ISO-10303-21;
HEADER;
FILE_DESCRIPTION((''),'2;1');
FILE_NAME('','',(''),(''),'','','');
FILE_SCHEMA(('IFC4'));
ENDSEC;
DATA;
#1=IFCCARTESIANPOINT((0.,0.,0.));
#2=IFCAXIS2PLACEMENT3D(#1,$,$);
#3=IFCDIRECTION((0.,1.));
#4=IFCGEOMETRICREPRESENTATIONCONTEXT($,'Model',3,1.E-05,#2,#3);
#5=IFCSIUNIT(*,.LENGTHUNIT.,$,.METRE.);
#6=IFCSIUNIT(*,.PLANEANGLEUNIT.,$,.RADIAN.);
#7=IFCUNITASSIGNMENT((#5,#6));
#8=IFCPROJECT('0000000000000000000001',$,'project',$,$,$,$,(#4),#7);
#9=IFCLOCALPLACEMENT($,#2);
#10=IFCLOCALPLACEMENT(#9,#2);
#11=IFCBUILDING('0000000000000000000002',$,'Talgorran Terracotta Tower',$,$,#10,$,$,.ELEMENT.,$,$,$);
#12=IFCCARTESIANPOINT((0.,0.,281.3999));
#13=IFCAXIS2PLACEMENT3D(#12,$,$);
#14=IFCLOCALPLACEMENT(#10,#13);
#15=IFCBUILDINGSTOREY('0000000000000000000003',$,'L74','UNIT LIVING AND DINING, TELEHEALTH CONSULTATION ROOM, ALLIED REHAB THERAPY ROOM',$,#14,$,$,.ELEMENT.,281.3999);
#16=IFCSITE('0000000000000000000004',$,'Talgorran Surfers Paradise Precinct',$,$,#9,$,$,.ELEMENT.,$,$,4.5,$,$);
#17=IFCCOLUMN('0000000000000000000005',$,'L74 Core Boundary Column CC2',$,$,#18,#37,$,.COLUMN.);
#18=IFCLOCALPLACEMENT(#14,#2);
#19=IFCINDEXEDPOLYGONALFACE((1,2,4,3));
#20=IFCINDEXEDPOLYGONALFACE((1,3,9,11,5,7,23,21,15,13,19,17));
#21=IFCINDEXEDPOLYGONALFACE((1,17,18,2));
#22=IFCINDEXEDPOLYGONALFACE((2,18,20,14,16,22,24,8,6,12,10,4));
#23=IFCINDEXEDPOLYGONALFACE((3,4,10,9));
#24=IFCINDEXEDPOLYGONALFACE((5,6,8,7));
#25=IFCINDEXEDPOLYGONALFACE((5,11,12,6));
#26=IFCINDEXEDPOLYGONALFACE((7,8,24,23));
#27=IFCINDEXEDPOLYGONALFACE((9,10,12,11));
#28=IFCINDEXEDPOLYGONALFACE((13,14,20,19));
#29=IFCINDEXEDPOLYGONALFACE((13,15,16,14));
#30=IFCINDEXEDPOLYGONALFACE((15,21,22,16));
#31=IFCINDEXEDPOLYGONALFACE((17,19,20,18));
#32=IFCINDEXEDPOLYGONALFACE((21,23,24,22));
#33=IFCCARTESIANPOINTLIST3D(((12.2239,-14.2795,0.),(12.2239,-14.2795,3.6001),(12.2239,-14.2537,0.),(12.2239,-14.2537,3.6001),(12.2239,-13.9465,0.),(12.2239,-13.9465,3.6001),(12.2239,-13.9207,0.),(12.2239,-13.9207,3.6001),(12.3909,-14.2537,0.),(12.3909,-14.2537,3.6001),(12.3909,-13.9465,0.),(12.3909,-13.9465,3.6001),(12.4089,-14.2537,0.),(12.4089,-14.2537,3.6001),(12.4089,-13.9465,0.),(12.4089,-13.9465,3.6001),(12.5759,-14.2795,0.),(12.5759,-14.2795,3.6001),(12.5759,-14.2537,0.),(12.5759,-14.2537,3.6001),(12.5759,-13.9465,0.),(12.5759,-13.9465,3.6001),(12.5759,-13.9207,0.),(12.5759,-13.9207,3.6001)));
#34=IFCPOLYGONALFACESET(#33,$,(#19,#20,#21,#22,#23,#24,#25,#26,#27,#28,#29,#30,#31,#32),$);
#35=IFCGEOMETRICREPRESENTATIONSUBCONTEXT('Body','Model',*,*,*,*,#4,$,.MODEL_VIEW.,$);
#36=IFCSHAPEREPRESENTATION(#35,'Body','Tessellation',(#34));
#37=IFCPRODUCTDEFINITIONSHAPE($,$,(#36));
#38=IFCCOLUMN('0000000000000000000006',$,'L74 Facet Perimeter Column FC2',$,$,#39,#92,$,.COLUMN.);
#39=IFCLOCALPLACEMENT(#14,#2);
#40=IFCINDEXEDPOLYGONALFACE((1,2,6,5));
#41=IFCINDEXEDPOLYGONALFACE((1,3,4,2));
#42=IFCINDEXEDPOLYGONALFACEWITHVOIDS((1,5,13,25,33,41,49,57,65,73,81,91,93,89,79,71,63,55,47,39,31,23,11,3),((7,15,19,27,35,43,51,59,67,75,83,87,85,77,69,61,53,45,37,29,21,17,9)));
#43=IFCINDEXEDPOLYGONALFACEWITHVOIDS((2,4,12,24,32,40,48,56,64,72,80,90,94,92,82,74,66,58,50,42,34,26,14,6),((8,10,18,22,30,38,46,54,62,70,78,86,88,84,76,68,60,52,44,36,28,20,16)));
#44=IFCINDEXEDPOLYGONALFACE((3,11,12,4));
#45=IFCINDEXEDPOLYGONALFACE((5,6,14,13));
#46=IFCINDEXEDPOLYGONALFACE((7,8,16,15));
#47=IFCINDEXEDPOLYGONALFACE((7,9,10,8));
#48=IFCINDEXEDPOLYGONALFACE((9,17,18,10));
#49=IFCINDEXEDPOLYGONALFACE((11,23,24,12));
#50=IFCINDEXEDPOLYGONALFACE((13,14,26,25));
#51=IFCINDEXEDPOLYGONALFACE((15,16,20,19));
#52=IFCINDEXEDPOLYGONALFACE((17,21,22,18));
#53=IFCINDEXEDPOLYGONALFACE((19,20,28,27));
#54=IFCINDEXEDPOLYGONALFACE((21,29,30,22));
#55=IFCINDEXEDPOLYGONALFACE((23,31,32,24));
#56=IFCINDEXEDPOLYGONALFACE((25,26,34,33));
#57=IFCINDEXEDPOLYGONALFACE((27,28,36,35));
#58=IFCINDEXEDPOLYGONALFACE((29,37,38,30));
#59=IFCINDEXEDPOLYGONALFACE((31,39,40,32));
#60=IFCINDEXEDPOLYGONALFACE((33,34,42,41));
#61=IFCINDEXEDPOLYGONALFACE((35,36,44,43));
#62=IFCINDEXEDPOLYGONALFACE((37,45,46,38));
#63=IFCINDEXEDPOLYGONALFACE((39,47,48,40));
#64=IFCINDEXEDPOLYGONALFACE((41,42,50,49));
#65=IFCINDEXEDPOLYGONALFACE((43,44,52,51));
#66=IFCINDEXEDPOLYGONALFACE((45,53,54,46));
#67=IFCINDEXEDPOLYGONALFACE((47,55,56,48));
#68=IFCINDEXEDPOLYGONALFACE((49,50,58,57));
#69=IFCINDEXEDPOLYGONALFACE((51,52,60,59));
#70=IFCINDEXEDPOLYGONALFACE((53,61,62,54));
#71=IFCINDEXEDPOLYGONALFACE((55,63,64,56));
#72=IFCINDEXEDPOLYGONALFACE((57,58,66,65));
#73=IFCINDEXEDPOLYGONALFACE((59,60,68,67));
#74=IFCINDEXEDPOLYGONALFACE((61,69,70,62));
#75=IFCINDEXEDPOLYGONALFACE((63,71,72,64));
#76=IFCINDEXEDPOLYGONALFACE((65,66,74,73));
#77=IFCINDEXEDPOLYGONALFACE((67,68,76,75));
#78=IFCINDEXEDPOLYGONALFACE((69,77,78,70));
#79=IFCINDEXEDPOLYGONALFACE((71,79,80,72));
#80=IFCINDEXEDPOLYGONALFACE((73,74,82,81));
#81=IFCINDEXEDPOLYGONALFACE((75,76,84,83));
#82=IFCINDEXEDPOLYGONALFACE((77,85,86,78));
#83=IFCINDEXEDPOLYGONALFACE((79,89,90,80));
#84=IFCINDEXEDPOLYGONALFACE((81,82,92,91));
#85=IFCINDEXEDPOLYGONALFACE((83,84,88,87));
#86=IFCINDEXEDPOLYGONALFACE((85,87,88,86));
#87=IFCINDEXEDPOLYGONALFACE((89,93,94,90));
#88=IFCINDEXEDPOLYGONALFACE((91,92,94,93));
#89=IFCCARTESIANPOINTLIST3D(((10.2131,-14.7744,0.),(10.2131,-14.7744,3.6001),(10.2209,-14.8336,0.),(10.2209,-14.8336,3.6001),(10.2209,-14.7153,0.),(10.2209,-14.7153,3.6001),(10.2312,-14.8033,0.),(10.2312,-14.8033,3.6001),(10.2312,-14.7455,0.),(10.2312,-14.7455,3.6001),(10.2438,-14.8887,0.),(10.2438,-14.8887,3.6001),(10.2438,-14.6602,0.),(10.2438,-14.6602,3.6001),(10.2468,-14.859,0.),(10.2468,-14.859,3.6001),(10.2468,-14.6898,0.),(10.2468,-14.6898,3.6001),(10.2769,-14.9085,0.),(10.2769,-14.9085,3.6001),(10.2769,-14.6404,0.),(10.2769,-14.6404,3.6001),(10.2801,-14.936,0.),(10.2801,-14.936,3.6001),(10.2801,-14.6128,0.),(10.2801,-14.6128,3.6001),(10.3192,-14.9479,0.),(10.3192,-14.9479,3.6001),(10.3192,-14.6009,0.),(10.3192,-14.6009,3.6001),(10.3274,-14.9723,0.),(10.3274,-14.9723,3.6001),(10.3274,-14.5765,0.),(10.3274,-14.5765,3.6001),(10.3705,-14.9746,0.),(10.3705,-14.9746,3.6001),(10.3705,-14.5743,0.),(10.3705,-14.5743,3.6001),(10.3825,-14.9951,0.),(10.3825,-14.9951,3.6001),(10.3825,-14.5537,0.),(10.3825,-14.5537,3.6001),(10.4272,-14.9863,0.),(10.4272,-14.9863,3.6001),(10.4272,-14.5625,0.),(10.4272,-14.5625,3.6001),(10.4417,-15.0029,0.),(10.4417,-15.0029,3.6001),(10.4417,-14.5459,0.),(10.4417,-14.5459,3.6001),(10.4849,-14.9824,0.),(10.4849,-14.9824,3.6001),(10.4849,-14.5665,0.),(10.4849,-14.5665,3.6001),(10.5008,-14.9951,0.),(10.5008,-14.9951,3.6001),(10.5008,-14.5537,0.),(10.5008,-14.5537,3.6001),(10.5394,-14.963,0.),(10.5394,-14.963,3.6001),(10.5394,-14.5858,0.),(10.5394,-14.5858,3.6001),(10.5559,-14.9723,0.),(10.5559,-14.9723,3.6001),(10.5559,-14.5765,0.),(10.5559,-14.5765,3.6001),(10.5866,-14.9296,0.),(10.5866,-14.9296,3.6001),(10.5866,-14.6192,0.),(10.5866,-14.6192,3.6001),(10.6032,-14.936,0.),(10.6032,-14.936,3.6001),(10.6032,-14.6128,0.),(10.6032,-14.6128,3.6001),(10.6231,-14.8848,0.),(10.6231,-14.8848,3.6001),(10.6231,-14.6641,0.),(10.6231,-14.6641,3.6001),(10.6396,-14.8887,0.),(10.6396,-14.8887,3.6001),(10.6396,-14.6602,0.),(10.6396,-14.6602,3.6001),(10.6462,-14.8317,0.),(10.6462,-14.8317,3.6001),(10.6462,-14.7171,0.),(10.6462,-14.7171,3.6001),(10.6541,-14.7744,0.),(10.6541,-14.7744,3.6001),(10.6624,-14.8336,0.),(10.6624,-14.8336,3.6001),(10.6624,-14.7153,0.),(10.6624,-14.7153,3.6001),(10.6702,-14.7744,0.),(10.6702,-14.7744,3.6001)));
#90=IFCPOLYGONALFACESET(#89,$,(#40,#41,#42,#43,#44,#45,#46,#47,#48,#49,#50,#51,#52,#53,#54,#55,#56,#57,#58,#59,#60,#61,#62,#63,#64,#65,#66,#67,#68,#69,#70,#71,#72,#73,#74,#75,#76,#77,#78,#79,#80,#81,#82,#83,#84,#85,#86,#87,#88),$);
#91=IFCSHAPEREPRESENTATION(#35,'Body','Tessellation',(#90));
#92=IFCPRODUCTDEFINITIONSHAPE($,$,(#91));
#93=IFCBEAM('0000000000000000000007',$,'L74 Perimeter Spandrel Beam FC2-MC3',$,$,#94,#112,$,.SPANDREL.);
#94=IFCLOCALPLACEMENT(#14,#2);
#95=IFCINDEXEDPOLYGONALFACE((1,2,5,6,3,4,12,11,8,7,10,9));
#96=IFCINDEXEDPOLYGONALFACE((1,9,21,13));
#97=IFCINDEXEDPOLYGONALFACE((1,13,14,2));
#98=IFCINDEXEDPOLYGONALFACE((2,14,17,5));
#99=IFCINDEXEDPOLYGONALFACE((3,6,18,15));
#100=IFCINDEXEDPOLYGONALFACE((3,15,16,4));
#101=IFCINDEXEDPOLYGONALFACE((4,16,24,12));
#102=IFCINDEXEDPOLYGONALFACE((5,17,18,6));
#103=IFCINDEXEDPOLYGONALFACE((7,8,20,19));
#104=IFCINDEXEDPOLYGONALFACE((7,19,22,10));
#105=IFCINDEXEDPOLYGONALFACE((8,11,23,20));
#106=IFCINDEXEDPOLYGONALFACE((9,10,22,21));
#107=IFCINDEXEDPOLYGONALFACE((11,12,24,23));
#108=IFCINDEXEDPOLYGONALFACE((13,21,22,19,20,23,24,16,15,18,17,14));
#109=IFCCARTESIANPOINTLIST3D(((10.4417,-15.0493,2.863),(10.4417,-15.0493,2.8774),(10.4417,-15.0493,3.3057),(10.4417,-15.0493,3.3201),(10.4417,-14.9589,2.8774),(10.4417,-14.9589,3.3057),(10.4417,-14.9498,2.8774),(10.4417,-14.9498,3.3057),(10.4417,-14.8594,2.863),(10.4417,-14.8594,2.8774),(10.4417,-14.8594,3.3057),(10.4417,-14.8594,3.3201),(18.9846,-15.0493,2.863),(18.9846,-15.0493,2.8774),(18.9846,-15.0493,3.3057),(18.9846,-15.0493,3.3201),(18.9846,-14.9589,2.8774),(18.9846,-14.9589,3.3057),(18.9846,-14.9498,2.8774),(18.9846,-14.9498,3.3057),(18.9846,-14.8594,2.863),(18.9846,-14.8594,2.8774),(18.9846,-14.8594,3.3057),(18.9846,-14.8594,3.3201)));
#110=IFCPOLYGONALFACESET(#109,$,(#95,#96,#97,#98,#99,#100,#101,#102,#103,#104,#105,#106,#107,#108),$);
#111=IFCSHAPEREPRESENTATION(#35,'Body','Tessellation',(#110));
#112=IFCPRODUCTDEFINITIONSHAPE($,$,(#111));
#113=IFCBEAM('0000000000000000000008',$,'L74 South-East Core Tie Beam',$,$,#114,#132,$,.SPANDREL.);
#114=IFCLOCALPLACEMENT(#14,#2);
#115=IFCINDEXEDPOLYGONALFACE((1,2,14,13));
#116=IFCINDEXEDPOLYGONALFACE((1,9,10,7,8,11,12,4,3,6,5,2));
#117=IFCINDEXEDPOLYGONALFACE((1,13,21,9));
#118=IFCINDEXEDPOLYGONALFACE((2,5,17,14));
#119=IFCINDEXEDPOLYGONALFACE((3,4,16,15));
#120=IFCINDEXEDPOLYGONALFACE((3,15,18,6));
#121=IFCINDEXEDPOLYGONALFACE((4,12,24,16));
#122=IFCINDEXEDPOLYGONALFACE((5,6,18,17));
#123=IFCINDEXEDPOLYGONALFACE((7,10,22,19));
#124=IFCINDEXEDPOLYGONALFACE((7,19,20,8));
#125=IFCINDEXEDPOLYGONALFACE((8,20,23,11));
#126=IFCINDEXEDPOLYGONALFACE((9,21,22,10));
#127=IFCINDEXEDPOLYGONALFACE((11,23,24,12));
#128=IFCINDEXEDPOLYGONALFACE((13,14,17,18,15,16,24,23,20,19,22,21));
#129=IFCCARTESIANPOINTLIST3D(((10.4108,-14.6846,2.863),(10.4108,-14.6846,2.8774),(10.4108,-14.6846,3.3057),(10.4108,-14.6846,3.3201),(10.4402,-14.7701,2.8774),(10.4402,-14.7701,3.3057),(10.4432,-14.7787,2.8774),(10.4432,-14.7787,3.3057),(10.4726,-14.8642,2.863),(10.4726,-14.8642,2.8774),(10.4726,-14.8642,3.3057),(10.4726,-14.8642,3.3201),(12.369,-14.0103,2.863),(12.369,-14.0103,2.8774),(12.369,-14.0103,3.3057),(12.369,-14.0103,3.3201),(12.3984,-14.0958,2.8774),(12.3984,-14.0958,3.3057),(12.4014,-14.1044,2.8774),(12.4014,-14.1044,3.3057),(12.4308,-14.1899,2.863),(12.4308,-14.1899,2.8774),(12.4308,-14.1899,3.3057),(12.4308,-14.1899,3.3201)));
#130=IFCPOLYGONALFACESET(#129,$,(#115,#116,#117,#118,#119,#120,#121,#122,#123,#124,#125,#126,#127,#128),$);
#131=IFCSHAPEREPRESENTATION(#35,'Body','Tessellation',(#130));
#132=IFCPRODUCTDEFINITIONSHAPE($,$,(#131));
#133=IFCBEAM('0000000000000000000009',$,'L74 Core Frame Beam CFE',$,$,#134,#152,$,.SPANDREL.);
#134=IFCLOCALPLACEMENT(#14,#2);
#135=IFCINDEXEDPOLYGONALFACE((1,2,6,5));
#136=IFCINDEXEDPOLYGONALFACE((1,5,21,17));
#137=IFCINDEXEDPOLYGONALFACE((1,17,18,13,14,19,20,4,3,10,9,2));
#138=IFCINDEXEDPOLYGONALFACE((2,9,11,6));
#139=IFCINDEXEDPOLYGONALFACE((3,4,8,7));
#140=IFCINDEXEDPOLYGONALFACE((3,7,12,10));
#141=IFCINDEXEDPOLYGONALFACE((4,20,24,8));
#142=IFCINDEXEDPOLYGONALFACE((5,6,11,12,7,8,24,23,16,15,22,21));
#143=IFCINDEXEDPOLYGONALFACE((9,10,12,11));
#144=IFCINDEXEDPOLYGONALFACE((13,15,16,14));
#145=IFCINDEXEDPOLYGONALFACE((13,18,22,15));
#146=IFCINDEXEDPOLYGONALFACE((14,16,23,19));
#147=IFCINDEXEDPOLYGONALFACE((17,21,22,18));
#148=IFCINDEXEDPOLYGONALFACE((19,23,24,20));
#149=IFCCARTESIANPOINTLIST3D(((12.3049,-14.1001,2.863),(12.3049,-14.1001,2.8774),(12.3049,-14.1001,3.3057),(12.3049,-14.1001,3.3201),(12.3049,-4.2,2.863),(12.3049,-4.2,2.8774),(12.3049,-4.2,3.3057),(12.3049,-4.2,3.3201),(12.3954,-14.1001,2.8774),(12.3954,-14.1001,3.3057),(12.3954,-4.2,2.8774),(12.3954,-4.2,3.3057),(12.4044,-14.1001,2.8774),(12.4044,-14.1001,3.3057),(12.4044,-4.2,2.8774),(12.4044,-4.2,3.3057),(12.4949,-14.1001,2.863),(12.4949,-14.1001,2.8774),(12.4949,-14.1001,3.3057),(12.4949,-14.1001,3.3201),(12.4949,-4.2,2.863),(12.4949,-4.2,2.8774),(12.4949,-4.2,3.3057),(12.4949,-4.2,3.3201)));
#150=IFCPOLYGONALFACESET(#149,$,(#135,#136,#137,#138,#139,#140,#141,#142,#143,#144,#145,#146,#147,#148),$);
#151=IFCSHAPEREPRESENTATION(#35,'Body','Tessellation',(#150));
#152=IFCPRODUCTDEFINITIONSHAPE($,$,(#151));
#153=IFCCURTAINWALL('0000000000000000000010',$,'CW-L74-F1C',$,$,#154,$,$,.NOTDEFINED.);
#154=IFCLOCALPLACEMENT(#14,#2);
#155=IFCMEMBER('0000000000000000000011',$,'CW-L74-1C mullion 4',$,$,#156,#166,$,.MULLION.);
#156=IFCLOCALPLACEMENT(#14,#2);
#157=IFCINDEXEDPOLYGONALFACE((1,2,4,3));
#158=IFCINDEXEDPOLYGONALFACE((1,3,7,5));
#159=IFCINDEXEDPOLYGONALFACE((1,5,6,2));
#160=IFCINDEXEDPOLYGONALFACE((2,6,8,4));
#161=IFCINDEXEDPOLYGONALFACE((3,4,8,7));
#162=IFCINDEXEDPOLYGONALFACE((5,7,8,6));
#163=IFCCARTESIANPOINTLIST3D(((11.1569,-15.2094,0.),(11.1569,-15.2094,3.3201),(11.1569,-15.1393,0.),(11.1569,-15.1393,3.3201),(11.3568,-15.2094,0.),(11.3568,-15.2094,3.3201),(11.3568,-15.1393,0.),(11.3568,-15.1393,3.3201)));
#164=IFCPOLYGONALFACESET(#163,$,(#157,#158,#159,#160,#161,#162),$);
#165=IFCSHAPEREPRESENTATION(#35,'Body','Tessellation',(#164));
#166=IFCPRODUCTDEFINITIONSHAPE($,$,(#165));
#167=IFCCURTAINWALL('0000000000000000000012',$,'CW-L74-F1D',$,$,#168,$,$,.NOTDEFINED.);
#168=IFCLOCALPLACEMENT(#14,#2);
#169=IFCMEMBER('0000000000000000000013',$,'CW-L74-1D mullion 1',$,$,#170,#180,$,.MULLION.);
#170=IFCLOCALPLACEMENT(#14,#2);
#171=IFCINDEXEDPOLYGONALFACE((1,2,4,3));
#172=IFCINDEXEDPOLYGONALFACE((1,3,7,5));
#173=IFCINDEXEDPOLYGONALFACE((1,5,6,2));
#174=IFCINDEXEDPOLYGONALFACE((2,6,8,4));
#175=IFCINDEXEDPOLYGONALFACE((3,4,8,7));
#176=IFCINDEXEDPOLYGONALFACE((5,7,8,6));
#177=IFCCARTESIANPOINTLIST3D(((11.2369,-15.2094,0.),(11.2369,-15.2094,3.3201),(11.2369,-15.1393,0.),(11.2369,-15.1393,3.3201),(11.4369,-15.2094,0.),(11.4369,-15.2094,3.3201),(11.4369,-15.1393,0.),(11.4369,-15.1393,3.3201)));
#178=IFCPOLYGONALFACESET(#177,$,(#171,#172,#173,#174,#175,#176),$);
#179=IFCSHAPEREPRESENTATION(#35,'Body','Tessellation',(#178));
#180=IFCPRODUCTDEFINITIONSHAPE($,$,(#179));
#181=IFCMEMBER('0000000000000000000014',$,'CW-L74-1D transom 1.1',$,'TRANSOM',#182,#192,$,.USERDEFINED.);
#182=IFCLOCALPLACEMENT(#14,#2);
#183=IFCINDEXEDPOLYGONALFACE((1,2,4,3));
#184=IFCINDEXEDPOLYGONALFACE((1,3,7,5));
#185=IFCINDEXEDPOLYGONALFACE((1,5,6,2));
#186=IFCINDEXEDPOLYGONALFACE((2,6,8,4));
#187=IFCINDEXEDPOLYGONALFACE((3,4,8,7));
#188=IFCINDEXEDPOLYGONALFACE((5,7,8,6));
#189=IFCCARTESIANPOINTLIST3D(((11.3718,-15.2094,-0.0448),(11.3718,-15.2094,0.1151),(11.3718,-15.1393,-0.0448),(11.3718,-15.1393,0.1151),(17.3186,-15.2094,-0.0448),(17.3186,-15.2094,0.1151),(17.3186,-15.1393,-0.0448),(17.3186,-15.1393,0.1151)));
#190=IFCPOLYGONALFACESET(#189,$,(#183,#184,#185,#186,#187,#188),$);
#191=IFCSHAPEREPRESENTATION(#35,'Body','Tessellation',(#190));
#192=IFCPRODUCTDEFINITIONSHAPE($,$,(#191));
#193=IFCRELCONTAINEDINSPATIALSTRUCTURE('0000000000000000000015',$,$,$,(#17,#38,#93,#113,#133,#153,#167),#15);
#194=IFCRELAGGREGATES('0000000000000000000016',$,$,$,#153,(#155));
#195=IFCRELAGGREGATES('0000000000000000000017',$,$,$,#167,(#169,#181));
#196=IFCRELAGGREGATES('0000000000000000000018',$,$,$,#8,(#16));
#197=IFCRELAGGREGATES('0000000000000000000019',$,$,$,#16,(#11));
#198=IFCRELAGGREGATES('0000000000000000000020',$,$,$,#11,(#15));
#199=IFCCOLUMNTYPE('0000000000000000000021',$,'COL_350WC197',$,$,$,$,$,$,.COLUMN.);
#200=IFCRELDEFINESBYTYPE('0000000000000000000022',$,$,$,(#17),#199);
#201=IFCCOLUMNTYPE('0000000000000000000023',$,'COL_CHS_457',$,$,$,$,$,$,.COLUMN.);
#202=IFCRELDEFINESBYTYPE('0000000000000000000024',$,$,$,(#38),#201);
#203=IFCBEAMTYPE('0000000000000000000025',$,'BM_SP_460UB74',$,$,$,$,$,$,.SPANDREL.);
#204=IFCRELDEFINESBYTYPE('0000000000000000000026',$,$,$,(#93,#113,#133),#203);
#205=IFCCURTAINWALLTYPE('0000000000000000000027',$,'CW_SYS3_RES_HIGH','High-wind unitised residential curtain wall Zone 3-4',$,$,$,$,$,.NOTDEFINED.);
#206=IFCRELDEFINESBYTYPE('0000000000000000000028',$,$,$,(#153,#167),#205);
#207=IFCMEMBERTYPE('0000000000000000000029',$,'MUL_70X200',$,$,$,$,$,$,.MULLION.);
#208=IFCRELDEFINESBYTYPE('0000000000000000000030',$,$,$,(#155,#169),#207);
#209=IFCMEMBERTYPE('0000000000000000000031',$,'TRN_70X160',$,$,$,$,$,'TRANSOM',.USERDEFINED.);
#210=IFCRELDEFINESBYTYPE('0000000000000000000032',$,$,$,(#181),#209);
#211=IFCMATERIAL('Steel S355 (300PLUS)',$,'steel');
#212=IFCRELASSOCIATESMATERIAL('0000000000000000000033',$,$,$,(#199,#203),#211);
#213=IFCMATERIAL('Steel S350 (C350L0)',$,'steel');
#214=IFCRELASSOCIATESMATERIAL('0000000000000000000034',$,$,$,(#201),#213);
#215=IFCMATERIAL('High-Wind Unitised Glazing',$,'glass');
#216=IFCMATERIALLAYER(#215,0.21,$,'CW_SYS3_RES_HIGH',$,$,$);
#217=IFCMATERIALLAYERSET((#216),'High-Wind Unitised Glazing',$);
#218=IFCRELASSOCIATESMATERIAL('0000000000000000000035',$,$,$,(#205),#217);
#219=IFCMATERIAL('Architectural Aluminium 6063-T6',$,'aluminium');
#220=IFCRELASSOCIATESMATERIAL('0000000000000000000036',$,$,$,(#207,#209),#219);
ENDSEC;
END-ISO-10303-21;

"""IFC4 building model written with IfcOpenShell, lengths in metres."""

from ifc_helpers import new_model, si_unit, direction, frame, origin, origin_2d, place, context, subcontext, project, spatial, rectangle, hollow_circle, i_section, extrude, material, layer, layer_set, material_profile, profile_set, type_object, element, aggregate, save


model = new_model("IFC4")

# Units and contexts
model_context = context("Model", 3, precision=1e-05, world=origin(), true_north=direction((0.0, 1.0)))
body_context = subcontext(model_context, "Body", "Model", "MODEL_VIEW")
ifc_project = project(units=[si_unit("LENGTHUNIT", "METRE"), si_unit("PLANEANGLEUNIT", "RADIAN")], contexts=[model_context])

# Site, building, storey
site_placement = place(None, origin())
site = spatial("IfcSite", under=ifc_project, at=site_placement, Name="Talgorran Surfers Paradise Precinct", CompositionType="ELEMENT", RefElevation=4.5)
building_placement = place(site_placement, origin())
building = spatial("IfcBuilding", under=site, at=building_placement, Name="Talgorran Terracotta Tower", CompositionType="ELEMENT")
storey_placement = place(building_placement, frame((0.0, 0.0, 281.3999)))
storey = spatial("IfcBuildingStorey", under=building, at=storey_placement, Name="L74", Description="UNIT LIVING AND DINING, TELEHEALTH CONSULTATION ROOM, ALLIED REHAB THERAPY ROOM", CompositionType="ELEMENT", Elevation=281.3999)

# Columns
ifc_material_1 = material(Name="Steel S355 (300PLUS)", Category="steel")
ifc_material_profile_1 = material_profile(ifc_material_1, i_section(OverallWidth=0.3521, OverallDepth=0.3589, WebThickness=0.0181, FlangeThickness=0.0259, at=origin_2d()), Name="350WC197")
ifc_profile_set_1 = profile_set([ifc_material_profile_1], Name="Steel S355 (300PLUS)")
column_type_1 = type_object("IfcColumnType", Name="COL_350WC197", PredefinedType="COLUMN", material=ifc_profile_set_1)
column_1_placement = place(storey_placement, frame((12.3999, -14.1001, 0.0), z_axis=(0.0, 0.0, 1.0), x_axis=(1.0, 0.0, 0.0)))
element("IfcColumn", 1, at=column_1_placement, inside=storey, type_object=column_type_1, Name="L74 Core Boundary Column CC2", PredefinedType="COLUMN", context=body_context, shape_type="SweptSolid", body=[
    extrude(i_section(OverallWidth=0.3521, OverallDepth=0.3589, WebThickness=0.0181, FlangeThickness=0.0259, at=origin_2d()), origin(), (0.0, 0.0, 1.0), 3.6001),
])
ifc_material_2 = material(Name="Steel S350 (C350L0)", Category="steel")
ifc_material_profile_2 = material_profile(ifc_material_2, hollow_circle(Radius=0.2285, WallThickness=0.0161, at=origin_2d()), Name="CHS457X16")
ifc_profile_set_2 = profile_set([ifc_material_profile_2], Name="Steel S350 (C350L0)")
column_type_2 = type_object("IfcColumnType", Name="COL_CHS_457", PredefinedType="COLUMN", material=ifc_profile_set_2)
column_2_placement = place(storey_placement, frame((10.4417, -14.7744, 0.0), z_axis=(0.0, 0.0, 1.0), x_axis=(1.0, 0.0, 0.0)))
element("IfcColumn", 2, at=column_2_placement, inside=storey, type_object=column_type_2, Name="L74 Facet Perimeter Column FC2", PredefinedType="COLUMN", context=body_context, shape_type="SweptSolid", body=[
    extrude(hollow_circle(Radius=0.2285, WallThickness=0.0161, at=origin_2d()), origin(), (0.0, 0.0, 1.0), 3.6001),
])

# Beams
ifc_material_profile_3 = material_profile(ifc_material_1, i_section(OverallWidth=0.1899, OverallDepth=0.457, WebThickness=0.009, FlangeThickness=0.0144, at=origin_2d()), Name="460UB74.6")
ifc_profile_set_3 = profile_set([ifc_material_profile_3], Name="Steel S355 (300PLUS)")
beam_type = type_object("IfcBeamType", Name="BM_SP_460UB74", PredefinedType="SPANDREL", material=ifc_profile_set_3)
beam_1_placement = place(storey_placement, frame((10.4417, -14.9543, 3.0916), z_axis=(1.0, 0.0, 0.0), x_axis=(0.0, 1.0, 0.0)))
element("IfcBeam", 3, at=beam_1_placement, inside=storey, type_object=beam_type, Name="L74 Perimeter Spandrel Beam FC2-MC3", PredefinedType="SPANDREL", context=body_context, shape_type="SweptSolid", body=[
    extrude(i_section(OverallWidth=0.1899, OverallDepth=0.457, WebThickness=0.009, FlangeThickness=0.0144, at=origin_2d()), origin(), (0.0, 0.0, 1.0), 8.543),
])
beam_2_placement = place(storey_placement, frame((12.3999, -14.1001, 3.0916), z_axis=(-0.945513, -0.325584, 0.0), x_axis=(0.325584, -0.945513, 0.0)))
element("IfcBeam", 4, at=beam_2_placement, inside=storey, type_object=beam_type, Name="L74 South-East Core Tie Beam", PredefinedType="SPANDREL", context=body_context, shape_type="SweptSolid", body=[
    extrude(i_section(OverallWidth=0.1899, OverallDepth=0.457, WebThickness=0.009, FlangeThickness=0.0144, at=origin_2d()), origin(), (0.0, 0.0, 1.0), 2.071),
])
beam_3_placement = place(storey_placement, frame((12.3999, -14.1001, 3.0916), z_axis=(0.0, 1.0, 0.0), x_axis=(-1.0, 0.0, 0.0)))
element("IfcBeam", 5, at=beam_3_placement, inside=storey, type_object=beam_type, Name="L74 Core Frame Beam CFE", PredefinedType="SPANDREL", context=body_context, shape_type="SweptSolid", body=[
    extrude(i_section(OverallWidth=0.1899, OverallDepth=0.457, WebThickness=0.009, FlangeThickness=0.0144, at=origin_2d()), origin(), (0.0, 0.0, 1.0), 9.9001),
])

# Curtain wall, member
ifc_material_3 = material(Name="High-Wind Unitised Glazing", Category="glass")
ifc_layer_1 = layer(ifc_material_3, 0.21, Name="CW_SYS3_RES_HIGH")
ifc_layer_set_1 = layer_set([ifc_layer_1], Name="High-Wind Unitised Glazing")
curtain_wall_type = type_object("IfcCurtainWallType", Name="CW_SYS3_RES_HIGH", Description="High-wind unitised residential curtain wall Zone 3-4", PredefinedType="NOTDEFINED", material=ifc_layer_set_1)
curtain_wall_1_placement = place(storey_placement, origin())
curtain_wall_1 = element("IfcCurtainWall", 6, at=curtain_wall_1_placement, inside=storey, type_object=curtain_wall_type, Name="CW-L74-F1C", PredefinedType="NOTDEFINED")
ifc_material_4 = material(Name="Architectural Aluminium 6063-T6", Category="aluminium")
ifc_material_profile_4 = material_profile(ifc_material_4, rectangle(XDim=0.0701, YDim=0.2, at=origin_2d()), Name="CWM70X200")
ifc_profile_set_4 = profile_set([ifc_material_profile_4], Name="Architectural Aluminium 6063-T6")
member_type_1 = type_object("IfcMemberType", Name="MUL_70X200", PredefinedType="MULLION", material=ifc_profile_set_4)
member_1_placement = place(storey_placement, frame((11.2568, -15.1743, 0.0), z_axis=(0.0, 0.0, 1.0), x_axis=(0.0, 1.0, 0.0)))
member_1 = element("IfcMember", 7, at=member_1_placement, type_object=member_type_1, Name="CW-L74-1C mullion 4", PredefinedType="MULLION", context=body_context, shape_type="SweptSolid", body=[
    extrude(rectangle(XDim=0.0701, YDim=0.2, at=origin_2d()), origin(), (0.0, 0.0, 1.0), 3.3201),
])
aggregate(curtain_wall_1, [member_1])

# Curtain wall, members
curtain_wall_2_placement = place(storey_placement, origin())
curtain_wall_2 = element("IfcCurtainWall", 8, at=curtain_wall_2_placement, inside=storey, type_object=curtain_wall_type, Name="CW-L74-F1D", PredefinedType="NOTDEFINED")
member_2_placement = place(storey_placement, frame((11.3369, -15.1743, 0.0), z_axis=(0.0, 0.0, 1.0), x_axis=(0.0, 1.0, 0.0)))
member_2 = element("IfcMember", 9, at=member_2_placement, type_object=member_type_1, Name="CW-L74-1D mullion 1", PredefinedType="MULLION", context=body_context, shape_type="SweptSolid", body=[
    extrude(rectangle(XDim=0.0701, YDim=0.2, at=origin_2d()), origin(), (0.0, 0.0, 1.0), 3.3201),
])
ifc_material_profile_5 = material_profile(ifc_material_4, rectangle(XDim=0.0701, YDim=0.1599, at=origin_2d()), Name="CWT70X160")
ifc_profile_set_5 = profile_set([ifc_material_profile_5], Name="Architectural Aluminium 6063-T6")
member_type_2 = type_object("IfcMemberType", Name="TRN_70X160", ElementType="TRANSOM", PredefinedType="USERDEFINED", material=ifc_profile_set_5)
member_3_placement = place(storey_placement, frame((11.3718, -15.1743, 0.0352), z_axis=(1.0, 0.0, 0.0), x_axis=(0.0, 1.0, 0.0)))
member_3 = element("IfcMember", 10, at=member_3_placement, type_object=member_type_2, Name="CW-L74-1D transom 1.1", ObjectType="TRANSOM", PredefinedType="USERDEFINED", context=body_context, shape_type="SweptSolid", body=[
    extrude(rectangle(XDim=0.0701, YDim=0.1599, at=origin_2d()), origin(), (0.0, 0.0, 1.0), 5.9468),
])

aggregate(curtain_wall_2, [member_2, member_3])

save(model, "model.ifc")
